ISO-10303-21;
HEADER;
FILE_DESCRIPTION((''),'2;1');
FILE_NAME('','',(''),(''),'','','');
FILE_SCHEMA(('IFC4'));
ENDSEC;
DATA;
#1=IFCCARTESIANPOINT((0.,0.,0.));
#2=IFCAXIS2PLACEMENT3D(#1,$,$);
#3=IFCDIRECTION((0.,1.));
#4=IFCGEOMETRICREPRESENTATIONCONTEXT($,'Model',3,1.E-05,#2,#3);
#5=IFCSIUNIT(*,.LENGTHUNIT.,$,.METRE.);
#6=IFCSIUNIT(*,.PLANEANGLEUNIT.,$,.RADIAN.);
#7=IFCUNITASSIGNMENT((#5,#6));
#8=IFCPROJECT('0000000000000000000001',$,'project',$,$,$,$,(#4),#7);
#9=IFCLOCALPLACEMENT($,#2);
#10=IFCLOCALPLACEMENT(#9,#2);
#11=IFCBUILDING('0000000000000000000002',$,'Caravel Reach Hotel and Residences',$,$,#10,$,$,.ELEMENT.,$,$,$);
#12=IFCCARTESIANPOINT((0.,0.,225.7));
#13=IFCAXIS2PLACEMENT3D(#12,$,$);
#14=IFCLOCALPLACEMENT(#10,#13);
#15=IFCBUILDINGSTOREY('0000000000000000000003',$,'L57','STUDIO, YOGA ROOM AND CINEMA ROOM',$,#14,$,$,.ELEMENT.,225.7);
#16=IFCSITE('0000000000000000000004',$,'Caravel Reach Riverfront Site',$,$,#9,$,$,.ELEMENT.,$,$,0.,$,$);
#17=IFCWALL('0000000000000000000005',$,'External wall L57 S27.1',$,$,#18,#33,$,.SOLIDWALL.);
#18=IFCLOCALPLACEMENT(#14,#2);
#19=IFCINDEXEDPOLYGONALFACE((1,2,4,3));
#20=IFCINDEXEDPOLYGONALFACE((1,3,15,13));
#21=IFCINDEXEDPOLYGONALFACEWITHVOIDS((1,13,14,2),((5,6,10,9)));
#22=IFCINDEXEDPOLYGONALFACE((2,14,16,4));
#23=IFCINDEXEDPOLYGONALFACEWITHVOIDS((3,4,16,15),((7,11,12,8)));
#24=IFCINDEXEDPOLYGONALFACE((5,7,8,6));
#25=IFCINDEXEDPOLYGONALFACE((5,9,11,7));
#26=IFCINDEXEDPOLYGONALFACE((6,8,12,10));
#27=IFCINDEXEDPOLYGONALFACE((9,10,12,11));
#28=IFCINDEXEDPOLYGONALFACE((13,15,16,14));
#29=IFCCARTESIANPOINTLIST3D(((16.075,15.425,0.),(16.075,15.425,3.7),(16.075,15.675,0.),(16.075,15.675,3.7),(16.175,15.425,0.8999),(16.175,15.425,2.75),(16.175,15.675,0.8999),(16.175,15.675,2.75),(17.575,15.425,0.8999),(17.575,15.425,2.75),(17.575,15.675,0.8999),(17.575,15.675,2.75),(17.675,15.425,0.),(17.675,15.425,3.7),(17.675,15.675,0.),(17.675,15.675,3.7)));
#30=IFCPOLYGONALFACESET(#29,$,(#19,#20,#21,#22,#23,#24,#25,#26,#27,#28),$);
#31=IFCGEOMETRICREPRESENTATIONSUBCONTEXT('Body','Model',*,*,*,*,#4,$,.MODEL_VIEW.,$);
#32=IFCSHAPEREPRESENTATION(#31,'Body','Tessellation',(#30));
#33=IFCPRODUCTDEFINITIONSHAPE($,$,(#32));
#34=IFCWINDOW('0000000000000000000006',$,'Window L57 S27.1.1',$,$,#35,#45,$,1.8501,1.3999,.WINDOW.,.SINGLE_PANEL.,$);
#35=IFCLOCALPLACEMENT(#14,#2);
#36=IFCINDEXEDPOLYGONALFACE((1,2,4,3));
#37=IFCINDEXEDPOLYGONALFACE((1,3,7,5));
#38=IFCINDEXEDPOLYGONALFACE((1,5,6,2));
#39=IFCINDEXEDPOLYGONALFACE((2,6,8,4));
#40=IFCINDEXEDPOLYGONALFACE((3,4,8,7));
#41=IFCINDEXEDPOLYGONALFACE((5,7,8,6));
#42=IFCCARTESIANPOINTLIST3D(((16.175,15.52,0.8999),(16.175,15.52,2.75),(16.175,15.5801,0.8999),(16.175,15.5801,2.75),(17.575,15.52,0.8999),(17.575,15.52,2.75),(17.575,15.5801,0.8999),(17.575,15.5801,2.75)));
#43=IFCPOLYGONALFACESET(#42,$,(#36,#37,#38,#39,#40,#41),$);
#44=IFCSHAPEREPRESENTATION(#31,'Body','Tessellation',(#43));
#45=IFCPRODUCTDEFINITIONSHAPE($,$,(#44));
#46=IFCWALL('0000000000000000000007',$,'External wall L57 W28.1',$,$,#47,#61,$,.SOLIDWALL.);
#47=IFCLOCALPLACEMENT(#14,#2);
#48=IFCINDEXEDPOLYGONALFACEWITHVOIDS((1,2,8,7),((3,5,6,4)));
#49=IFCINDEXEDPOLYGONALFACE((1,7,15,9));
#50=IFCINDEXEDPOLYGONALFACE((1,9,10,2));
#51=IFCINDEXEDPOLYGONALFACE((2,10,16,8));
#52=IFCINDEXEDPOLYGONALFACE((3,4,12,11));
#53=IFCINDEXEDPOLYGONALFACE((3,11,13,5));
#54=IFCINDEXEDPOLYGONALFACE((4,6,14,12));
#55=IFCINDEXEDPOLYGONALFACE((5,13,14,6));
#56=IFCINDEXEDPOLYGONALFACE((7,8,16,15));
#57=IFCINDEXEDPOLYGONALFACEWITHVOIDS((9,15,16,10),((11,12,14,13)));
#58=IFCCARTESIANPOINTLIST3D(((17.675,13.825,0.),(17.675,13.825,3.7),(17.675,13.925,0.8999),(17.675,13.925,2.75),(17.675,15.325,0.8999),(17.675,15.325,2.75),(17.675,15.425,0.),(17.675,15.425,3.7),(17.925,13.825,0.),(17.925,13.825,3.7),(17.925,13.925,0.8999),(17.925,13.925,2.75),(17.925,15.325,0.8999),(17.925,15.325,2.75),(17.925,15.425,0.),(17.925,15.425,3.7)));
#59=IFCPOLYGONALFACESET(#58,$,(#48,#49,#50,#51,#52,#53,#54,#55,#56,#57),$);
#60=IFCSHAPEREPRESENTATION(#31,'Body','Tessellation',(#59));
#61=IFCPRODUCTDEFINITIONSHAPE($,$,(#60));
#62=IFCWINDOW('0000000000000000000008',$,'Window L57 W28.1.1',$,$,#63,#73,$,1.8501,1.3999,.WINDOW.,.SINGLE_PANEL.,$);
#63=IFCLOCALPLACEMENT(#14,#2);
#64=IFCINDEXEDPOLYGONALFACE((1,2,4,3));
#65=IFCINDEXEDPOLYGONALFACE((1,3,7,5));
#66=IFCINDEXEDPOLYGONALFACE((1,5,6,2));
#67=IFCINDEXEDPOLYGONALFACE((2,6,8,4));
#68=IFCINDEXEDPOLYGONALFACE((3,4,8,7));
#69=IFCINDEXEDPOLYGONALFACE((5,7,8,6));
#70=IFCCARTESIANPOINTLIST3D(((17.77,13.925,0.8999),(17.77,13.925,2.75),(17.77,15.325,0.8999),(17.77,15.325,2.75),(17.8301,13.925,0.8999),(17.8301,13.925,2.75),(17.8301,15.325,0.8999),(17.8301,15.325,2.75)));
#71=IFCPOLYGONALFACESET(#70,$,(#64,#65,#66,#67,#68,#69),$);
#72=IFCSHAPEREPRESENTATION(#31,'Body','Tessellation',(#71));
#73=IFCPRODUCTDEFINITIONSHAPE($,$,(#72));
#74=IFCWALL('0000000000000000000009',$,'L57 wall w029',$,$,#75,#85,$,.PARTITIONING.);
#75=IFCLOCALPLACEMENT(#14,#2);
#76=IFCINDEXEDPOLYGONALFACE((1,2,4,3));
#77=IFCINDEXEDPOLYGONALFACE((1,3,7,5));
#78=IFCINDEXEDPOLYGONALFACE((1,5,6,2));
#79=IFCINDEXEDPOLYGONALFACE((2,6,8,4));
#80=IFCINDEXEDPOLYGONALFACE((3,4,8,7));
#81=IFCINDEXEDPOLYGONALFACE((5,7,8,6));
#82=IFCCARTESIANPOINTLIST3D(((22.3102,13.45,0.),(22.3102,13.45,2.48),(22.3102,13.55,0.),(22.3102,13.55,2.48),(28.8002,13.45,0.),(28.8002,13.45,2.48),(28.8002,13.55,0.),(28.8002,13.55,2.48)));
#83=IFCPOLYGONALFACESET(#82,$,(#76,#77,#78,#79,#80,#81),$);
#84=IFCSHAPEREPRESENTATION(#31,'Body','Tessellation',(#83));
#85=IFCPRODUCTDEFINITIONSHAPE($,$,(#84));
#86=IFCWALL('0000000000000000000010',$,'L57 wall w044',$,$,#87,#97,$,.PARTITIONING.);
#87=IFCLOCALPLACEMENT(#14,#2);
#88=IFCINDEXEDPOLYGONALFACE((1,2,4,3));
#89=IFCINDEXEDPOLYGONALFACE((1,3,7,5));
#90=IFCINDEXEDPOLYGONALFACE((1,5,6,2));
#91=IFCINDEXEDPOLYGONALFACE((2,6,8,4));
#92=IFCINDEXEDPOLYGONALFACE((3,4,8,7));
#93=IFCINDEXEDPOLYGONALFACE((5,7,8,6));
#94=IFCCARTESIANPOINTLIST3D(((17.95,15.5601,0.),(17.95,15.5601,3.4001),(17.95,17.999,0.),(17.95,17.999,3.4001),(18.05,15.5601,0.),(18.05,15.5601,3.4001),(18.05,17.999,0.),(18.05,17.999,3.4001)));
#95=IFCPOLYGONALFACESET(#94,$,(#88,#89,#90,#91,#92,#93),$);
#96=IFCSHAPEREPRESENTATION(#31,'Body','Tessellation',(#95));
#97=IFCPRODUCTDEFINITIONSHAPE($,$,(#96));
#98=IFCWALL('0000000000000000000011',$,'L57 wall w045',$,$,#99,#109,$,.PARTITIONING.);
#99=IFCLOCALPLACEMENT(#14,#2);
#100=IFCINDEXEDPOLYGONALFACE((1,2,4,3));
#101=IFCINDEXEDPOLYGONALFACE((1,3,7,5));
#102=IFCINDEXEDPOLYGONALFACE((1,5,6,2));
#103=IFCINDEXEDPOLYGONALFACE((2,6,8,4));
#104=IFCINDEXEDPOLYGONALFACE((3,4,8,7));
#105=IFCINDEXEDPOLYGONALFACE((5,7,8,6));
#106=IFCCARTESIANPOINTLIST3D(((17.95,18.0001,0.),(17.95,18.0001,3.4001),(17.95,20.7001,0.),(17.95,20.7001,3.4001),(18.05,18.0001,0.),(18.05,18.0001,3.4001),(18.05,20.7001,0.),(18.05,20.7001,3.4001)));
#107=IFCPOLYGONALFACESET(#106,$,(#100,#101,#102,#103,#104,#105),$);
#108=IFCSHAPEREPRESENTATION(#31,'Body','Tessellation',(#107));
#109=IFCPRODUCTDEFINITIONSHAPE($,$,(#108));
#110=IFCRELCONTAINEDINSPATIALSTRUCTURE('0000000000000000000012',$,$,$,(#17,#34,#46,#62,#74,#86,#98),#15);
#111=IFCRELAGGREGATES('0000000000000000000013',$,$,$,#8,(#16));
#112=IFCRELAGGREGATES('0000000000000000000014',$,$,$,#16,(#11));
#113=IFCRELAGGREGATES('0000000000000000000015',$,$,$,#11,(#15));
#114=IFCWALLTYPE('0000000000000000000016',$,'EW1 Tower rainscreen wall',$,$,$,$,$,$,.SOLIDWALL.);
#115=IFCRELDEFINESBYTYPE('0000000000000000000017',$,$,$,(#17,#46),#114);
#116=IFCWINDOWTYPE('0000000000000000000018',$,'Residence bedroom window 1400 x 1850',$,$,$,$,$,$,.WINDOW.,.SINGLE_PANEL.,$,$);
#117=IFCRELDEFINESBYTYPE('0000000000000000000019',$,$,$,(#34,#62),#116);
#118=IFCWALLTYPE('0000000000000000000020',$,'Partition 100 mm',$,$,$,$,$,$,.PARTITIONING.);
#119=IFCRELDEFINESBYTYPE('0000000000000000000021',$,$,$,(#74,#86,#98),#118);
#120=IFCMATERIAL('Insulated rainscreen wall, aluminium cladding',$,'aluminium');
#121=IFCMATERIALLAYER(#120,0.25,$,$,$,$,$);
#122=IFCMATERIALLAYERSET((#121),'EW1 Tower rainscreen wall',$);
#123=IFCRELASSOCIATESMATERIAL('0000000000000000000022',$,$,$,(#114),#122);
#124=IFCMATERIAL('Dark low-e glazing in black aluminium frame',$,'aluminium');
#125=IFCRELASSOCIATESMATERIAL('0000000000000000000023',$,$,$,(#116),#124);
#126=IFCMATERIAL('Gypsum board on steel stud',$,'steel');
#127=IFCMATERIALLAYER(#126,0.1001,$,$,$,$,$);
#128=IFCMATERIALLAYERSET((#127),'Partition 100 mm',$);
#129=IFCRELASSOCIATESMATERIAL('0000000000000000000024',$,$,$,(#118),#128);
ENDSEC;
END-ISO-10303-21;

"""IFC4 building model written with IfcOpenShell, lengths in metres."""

from ifc_helpers import new_model, si_unit, direction, frame, frame_2d, origin, place, context, subcontext, project, spatial, rectangle, extrude, material, layer, layer_set, type_object, element, fill, save


model = new_model("IFC4")

# Units and contexts
model_context = context("Model", 3, precision=1e-05, world=origin(), true_north=direction((0.0, 1.0)))
body_context = subcontext(model_context, "Body", "Model", "MODEL_VIEW")
ifc_project = project(units=[si_unit("LENGTHUNIT", "METRE"), si_unit("PLANEANGLEUNIT", "RADIAN")], contexts=[model_context])

# Site, building, storey
site_placement = place(None, origin())
site = spatial("IfcSite", under=ifc_project, at=site_placement, Name="Caravel Reach Riverfront Site", CompositionType="ELEMENT", RefElevation=0.0)
building_placement = place(site_placement, origin())
building = spatial("IfcBuilding", under=site, at=building_placement, Name="Caravel Reach Hotel and Residences", CompositionType="ELEMENT")
storey_placement = place(building_placement, frame((0.0, 0.0, 225.7)))
storey = spatial("IfcBuildingStorey", under=building, at=storey_placement, Name="L57", Description="STUDIO, YOGA ROOM AND CINEMA ROOM", CompositionType="ELEMENT", Elevation=225.7)

# Walls, openings, windows
ifc_material_1 = material(Name="Insulated rainscreen wall, aluminium cladding", Category="aluminium")
ifc_layer_1 = layer(ifc_material_1, 0.25)
ifc_layer_set_1 = layer_set([ifc_layer_1], Name="EW1 Tower rainscreen wall")
wall_type_1 = type_object("IfcWallType", Name="EW1 Tower rainscreen wall", PredefinedType="SOLIDWALL", material=ifc_layer_set_1)
wall_1_placement = place(storey_placement, frame((16.075, 15.55, 0.0), z_axis=(0.0, 0.0, 1.0), x_axis=(1.0, 0.0, 0.0)))
wall_1 = element("IfcWall", 1, at=wall_1_placement, inside=storey, type_object=wall_type_1, Name="External wall L57 S27.1", PredefinedType="SOLIDWALL", context=body_context, shape_type="SweptSolid", body=[
    extrude(rectangle(XDim=1.6001, YDim=0.25, at=frame_2d((0.8, 0.0))), origin(), (0.0, 0.0, 1.0), 3.7),
])
opening_1_placement = place(wall_1_placement, frame((0.1001, 0.0, 0.8999)))
opening_1 = element("IfcOpeningElement", 2, at=opening_1_placement, cuts=wall_1, PredefinedType="OPENING", context=body_context, shape_type="SweptSolid", body=[
    extrude(rectangle(XDim=1.3999, YDim=1.8501, at=frame_2d((0.7, 0.925))), frame((0.0, 0.135, 0.0), z_axis=(0.0, -1.0, 0.0), x_axis=(1.0, 0.0, 0.0)), (0.0, 0.0, 1.0), 0.27),
])
ifc_material_2 = material(Name="Dark low-e glazing in black aluminium frame", Category="aluminium")
window_type = type_object("IfcWindowType", Name="Residence bedroom window 1400 x 1850", PartitioningType="SINGLE_PANEL", PredefinedType="WINDOW", material=ifc_material_2)
window_1_placement = place(opening_1_placement, origin())
window_1 = element("IfcWindow", 3, at=window_1_placement, inside=storey, type_object=window_type, Name="Window L57 S27.1.1", OverallHeight=1.8501, OverallWidth=1.3999, PartitioningType="SINGLE_PANEL", PredefinedType="WINDOW", context=body_context, shape_type="SweptSolid", body=[
    extrude(rectangle(XDim=1.3999, YDim=1.8501, at=frame_2d((0.7, 0.925))), frame((0.0, 0.03, 0.0), z_axis=(0.0, -1.0, 0.0), x_axis=(1.0, 0.0, 0.0)), (0.0, 0.0, 1.0), 0.0601),
])
fill(opening_1, window_1)
wall_2_placement = place(storey_placement, frame((17.8, 15.425, 0.0), z_axis=(0.0, 0.0, 1.0), x_axis=(0.0, -1.0, 0.0)))
wall_2 = element("IfcWall", 4, at=wall_2_placement, inside=storey, type_object=wall_type_1, Name="External wall L57 W28.1", PredefinedType="SOLIDWALL", context=body_context, shape_type="SweptSolid", body=[
    extrude(rectangle(XDim=1.6001, YDim=0.25, at=frame_2d((0.8, 0.0))), origin(), (0.0, 0.0, 1.0), 3.7),
])
opening_2_placement = place(wall_2_placement, frame((0.1001, 0.0, 0.8999)))
opening_2 = element("IfcOpeningElement", 5, at=opening_2_placement, cuts=wall_2, PredefinedType="OPENING", context=body_context, shape_type="SweptSolid", body=[
    extrude(rectangle(XDim=1.3999, YDim=1.8501, at=frame_2d((0.7, 0.925))), frame((0.0, 0.135, 0.0), z_axis=(0.0, -1.0, 0.0), x_axis=(1.0, 0.0, 0.0)), (0.0, 0.0, 1.0), 0.27),
])
window_2_placement = place(opening_2_placement, origin())
window_2 = element("IfcWindow", 6, at=window_2_placement, inside=storey, type_object=window_type, Name="Window L57 W28.1.1", OverallHeight=1.8501, OverallWidth=1.3999, PartitioningType="SINGLE_PANEL", PredefinedType="WINDOW", context=body_context, shape_type="SweptSolid", body=[
    extrude(rectangle(XDim=1.3999, YDim=1.8501, at=frame_2d((0.7, 0.925))), frame((0.0, 0.03, 0.0), z_axis=(0.0, -1.0, 0.0), x_axis=(1.0, 0.0, 0.0)), (0.0, 0.0, 1.0), 0.0601),
])
fill(opening_2, window_2)

# Walls
ifc_material_3 = material(Name="Gypsum board on steel stud", Category="steel")
ifc_layer_2 = layer(ifc_material_3, 0.1001)
ifc_layer_set_2 = layer_set([ifc_layer_2], Name="Partition 100 mm")
wall_type_2 = type_object("IfcWallType", Name="Partition 100 mm", PredefinedType="PARTITIONING", material=ifc_layer_set_2)
wall_3_placement = place(storey_placement, frame((22.3101, 13.5, 0.0), z_axis=(0.0, 0.0, 1.0), x_axis=(1.0, 0.0, 0.0)))
element("IfcWall", 7, at=wall_3_placement, inside=storey, type_object=wall_type_2, Name="L57 wall w029", PredefinedType="PARTITIONING", context=body_context, shape_type="SweptSolid", body=[
    extrude(rectangle(XDim=6.49, YDim=0.1001, at=frame_2d((3.2451, 0.0))), origin(), (0.0, 0.0, 1.0), 2.48),
])
wall_4_placement = place(storey_placement, frame((18.0, 15.5601, 0.0), z_axis=(0.0, 0.0, 1.0), x_axis=(0.0, 1.0, 0.0)))
element("IfcWall", 8, at=wall_4_placement, inside=storey, type_object=wall_type_2, Name="L57 wall w044", PredefinedType="PARTITIONING", context=body_context, shape_type="SweptSolid", body=[
    extrude(rectangle(XDim=2.439, YDim=0.1001, at=frame_2d((1.2195, 0.0))), origin(), (0.0, 0.0, 1.0), 3.4001),
])
wall_5_placement = place(storey_placement, frame((18.0, 18.0, 0.0), z_axis=(0.0, 0.0, 1.0), x_axis=(0.0, 1.0, 0.0)))
element("IfcWall", 9, at=wall_5_placement, inside=storey, type_object=wall_type_2, Name="L57 wall w045", PredefinedType="PARTITIONING", context=body_context, shape_type="SweptSolid", body=[
    extrude(rectangle(XDim=2.7, YDim=0.1001, at=frame_2d((1.3501, 0.0))), origin(), (0.0, 0.0, 1.0), 3.4001),
])

save(model, "model.ifc")
